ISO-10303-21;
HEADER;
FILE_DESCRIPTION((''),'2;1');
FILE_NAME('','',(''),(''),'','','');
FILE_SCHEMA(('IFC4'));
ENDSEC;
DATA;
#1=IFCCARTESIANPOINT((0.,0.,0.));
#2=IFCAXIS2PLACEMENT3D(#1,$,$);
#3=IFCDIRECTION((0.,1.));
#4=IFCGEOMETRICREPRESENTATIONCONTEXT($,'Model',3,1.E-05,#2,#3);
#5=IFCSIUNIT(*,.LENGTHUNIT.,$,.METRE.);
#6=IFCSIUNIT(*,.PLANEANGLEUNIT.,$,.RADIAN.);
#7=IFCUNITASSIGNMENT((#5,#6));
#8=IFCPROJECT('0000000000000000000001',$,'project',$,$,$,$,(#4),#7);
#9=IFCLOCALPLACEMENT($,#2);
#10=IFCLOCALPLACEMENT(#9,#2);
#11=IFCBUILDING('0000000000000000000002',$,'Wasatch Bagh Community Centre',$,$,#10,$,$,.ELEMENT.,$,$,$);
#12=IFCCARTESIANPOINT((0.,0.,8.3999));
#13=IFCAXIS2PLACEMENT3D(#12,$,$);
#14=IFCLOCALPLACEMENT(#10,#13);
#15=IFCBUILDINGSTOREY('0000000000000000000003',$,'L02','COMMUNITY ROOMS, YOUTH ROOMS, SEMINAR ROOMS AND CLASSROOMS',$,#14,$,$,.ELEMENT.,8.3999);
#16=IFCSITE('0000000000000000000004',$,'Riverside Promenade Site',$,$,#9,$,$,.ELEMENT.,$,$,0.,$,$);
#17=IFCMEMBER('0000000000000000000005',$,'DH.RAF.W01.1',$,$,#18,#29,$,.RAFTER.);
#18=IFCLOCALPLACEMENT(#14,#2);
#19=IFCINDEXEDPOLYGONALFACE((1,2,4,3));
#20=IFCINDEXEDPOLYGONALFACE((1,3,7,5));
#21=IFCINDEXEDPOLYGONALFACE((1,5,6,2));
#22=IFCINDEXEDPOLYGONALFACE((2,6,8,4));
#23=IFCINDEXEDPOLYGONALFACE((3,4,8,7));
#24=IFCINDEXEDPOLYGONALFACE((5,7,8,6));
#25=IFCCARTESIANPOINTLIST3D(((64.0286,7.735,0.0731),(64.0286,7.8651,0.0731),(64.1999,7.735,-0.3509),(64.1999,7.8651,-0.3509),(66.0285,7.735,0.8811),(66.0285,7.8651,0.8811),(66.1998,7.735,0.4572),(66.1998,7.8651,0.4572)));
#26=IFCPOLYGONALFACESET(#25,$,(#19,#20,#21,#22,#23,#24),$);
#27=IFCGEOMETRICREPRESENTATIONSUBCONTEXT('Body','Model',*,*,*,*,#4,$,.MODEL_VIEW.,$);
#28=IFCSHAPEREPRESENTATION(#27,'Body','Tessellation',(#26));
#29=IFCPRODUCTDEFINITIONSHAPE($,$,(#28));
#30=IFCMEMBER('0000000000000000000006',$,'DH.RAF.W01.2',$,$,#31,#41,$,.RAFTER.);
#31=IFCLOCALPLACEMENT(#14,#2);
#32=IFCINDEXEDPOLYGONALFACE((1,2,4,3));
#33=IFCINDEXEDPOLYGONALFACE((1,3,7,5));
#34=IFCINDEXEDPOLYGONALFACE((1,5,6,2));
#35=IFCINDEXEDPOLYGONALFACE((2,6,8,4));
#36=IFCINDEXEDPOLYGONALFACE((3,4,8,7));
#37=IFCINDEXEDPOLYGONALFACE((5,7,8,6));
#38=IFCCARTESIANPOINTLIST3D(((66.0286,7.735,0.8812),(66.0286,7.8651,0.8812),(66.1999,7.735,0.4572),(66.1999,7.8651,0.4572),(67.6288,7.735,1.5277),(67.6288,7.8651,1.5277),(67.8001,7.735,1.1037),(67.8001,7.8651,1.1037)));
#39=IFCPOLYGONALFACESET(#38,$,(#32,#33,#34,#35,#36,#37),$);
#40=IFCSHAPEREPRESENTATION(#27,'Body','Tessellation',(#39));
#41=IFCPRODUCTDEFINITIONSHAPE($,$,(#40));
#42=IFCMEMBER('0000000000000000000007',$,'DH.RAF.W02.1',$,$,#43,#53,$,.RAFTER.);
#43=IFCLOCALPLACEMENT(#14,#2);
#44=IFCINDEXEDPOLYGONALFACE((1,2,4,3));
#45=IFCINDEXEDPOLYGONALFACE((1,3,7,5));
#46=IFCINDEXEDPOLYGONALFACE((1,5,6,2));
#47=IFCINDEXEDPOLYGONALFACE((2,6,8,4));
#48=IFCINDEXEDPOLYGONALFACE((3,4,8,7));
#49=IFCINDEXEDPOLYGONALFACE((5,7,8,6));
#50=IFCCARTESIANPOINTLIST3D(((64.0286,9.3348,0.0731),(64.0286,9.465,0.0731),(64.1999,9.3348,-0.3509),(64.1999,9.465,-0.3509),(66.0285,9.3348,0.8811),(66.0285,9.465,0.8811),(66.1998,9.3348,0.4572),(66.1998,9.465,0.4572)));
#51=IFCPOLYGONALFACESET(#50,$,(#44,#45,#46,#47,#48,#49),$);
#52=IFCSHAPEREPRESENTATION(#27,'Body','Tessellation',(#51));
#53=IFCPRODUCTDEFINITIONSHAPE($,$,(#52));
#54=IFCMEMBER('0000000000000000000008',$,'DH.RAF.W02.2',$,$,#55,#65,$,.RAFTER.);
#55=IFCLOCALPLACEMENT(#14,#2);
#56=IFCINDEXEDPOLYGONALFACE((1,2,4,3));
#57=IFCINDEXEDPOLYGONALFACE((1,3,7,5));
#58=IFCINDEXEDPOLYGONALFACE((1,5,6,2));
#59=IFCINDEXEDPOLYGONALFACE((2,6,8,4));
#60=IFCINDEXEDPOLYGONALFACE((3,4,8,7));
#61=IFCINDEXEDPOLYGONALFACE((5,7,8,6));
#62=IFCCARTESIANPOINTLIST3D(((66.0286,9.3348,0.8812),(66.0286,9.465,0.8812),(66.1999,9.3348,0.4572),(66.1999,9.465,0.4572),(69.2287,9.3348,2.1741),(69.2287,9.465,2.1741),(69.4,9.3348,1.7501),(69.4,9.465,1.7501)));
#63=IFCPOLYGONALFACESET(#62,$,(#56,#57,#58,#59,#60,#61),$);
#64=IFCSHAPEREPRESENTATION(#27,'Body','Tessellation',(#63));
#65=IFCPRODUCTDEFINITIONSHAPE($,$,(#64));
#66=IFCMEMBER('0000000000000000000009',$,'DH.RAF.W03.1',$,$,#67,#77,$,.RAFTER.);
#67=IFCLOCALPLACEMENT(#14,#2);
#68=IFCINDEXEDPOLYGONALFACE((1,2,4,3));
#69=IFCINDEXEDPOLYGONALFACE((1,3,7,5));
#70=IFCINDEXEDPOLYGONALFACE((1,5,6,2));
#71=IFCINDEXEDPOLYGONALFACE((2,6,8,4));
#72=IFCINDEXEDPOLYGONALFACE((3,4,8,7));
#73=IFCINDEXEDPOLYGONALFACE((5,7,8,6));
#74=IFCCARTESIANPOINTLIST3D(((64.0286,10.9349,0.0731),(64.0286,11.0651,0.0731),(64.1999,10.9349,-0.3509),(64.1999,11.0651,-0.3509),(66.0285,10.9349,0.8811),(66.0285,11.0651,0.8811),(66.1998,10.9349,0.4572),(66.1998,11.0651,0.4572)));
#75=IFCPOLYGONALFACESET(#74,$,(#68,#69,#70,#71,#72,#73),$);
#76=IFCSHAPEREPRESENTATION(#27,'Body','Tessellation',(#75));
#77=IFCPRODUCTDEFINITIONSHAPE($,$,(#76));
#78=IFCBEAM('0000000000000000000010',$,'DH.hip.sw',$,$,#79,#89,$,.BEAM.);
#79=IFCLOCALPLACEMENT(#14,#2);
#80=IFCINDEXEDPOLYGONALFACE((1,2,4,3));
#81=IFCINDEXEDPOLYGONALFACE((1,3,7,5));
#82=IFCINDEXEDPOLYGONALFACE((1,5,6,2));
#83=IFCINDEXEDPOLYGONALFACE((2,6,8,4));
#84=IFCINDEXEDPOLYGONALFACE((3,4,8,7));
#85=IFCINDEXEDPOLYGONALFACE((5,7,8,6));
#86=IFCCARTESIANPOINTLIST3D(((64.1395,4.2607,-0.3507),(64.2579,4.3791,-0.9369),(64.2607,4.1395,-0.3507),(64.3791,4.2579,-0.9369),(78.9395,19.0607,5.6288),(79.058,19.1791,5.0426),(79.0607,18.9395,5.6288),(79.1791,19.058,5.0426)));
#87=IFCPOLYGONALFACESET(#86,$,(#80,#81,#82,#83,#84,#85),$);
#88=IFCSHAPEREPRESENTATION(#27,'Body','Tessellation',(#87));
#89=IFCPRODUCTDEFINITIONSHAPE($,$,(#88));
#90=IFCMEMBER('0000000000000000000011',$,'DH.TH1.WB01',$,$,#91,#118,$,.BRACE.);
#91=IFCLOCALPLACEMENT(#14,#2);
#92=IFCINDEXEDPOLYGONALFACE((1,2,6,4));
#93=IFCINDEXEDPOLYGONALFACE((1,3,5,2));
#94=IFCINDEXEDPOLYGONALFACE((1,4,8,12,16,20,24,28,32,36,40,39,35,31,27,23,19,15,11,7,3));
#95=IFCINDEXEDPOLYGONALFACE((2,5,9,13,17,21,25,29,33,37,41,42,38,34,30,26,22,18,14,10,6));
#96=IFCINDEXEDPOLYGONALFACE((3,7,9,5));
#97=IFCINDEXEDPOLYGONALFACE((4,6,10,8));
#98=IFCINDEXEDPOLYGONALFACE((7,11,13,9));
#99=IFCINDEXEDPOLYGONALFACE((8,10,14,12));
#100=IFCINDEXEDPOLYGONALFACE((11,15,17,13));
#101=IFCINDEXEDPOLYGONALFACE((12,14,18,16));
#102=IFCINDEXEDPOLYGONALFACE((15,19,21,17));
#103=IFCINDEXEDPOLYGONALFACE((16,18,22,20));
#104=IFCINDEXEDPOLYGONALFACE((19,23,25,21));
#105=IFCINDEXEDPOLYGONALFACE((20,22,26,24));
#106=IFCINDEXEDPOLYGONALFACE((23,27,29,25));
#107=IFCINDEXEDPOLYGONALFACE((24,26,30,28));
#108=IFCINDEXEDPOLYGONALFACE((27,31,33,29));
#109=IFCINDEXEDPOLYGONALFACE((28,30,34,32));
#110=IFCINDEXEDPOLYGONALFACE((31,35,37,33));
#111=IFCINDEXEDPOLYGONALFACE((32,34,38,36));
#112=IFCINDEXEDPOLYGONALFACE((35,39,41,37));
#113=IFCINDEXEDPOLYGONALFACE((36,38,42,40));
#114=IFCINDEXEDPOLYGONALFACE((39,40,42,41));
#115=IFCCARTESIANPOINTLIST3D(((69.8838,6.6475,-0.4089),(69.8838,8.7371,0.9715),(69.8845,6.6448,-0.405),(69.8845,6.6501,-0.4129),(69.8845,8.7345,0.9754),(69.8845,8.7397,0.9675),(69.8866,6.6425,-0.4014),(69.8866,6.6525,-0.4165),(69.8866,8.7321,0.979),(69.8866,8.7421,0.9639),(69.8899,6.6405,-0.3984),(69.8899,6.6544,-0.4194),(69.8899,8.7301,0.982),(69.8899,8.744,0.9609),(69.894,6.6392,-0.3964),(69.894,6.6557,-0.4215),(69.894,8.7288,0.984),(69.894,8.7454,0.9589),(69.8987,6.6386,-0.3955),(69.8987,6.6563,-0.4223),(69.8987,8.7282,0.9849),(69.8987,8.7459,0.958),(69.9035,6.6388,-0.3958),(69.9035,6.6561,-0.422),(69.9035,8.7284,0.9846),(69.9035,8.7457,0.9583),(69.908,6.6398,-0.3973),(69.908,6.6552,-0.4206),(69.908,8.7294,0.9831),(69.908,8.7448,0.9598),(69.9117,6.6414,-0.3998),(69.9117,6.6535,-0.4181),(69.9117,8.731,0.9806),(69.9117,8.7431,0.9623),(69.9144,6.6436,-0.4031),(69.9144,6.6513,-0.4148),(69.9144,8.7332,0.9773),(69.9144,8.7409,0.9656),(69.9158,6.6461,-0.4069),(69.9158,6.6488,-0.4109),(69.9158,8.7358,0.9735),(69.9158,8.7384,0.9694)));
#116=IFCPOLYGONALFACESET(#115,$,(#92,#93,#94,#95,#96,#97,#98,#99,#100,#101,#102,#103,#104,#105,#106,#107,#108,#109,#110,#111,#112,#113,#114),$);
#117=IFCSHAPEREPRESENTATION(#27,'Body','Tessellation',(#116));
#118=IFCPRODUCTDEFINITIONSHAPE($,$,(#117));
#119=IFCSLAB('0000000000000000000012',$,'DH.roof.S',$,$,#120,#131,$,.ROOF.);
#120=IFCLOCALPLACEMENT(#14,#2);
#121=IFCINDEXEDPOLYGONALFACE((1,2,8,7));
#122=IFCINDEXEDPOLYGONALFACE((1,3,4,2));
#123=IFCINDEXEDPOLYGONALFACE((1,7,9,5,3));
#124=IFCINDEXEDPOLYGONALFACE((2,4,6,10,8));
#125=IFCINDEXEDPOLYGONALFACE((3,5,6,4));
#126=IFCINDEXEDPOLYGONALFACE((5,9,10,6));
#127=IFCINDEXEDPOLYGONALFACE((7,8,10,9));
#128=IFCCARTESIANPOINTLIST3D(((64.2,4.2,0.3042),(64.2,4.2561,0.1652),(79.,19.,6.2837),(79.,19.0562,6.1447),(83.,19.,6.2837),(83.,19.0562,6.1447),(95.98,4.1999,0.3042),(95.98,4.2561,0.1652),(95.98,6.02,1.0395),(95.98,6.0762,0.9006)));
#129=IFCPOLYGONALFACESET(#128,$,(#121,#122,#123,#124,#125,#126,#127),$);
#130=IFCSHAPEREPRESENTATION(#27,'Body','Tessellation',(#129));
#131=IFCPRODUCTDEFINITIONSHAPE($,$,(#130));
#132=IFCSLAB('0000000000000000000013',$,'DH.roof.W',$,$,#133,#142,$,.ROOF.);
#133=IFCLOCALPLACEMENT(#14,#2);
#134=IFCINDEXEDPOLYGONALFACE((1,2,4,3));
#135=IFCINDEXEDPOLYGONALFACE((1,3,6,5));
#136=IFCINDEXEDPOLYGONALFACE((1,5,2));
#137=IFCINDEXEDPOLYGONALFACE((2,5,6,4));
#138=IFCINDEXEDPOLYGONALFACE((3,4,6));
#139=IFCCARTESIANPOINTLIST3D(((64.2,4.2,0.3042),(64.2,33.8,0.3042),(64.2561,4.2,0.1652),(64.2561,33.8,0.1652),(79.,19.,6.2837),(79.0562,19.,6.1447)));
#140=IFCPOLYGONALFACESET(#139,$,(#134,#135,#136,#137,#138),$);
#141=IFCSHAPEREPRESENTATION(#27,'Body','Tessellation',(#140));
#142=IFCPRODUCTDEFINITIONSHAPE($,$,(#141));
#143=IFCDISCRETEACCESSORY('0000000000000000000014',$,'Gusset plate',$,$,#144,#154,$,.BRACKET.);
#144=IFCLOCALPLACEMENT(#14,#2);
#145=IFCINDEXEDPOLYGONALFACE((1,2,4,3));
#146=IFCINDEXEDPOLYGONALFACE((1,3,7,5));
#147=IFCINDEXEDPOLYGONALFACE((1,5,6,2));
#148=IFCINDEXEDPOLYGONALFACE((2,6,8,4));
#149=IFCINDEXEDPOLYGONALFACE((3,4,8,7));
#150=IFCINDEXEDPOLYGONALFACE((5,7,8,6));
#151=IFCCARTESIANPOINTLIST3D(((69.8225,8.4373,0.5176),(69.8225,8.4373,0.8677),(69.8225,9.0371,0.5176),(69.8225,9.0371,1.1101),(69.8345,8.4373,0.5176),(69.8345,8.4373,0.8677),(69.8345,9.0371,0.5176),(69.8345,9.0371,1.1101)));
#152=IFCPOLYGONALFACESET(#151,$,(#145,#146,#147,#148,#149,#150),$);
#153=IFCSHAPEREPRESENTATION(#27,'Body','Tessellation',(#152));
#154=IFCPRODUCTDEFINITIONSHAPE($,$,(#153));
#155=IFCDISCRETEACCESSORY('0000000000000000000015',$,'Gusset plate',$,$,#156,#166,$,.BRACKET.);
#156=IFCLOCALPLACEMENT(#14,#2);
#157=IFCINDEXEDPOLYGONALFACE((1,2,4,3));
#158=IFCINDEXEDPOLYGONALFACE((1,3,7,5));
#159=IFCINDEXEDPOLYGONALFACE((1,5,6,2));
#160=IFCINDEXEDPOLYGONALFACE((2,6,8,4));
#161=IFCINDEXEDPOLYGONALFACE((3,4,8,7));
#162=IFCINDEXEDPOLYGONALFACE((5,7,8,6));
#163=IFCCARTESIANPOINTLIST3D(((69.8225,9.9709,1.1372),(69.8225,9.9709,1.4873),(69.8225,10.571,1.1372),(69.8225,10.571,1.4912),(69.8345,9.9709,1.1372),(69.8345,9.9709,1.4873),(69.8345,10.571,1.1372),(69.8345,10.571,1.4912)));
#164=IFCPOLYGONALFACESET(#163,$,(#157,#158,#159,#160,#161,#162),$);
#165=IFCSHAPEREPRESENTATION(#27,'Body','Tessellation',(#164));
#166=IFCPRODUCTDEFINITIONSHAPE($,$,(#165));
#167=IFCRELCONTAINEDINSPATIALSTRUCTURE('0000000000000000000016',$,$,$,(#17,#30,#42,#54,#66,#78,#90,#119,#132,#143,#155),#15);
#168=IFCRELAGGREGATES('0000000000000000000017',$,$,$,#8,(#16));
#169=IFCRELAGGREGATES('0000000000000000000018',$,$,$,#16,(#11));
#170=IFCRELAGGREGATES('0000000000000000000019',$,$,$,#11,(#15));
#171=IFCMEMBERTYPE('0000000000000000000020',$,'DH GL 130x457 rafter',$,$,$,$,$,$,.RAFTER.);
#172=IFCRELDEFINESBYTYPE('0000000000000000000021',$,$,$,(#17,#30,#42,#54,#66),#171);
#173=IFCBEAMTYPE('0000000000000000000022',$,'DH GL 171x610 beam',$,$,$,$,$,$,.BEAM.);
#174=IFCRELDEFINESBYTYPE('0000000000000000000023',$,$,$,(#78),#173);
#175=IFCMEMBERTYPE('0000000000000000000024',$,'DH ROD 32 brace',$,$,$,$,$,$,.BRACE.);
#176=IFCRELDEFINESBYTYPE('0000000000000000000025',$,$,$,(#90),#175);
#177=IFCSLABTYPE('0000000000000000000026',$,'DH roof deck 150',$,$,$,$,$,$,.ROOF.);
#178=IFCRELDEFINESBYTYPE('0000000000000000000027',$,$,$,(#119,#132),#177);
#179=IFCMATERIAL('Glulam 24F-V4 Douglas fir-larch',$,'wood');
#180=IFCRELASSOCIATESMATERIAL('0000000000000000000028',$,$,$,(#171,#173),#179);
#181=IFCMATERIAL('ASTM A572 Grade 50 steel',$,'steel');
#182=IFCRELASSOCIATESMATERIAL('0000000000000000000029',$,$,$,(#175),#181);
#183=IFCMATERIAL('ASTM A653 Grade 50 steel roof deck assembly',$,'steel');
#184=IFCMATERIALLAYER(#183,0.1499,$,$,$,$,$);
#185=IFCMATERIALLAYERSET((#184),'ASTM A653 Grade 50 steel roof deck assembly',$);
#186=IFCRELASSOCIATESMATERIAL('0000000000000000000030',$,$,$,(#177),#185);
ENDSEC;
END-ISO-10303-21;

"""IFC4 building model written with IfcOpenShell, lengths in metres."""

from ifc_helpers import new_model, si_unit, direction, frame, origin, origin_2d, place, context, subcontext, project, spatial, polyline, rectangle, circle, outline, extrude, material, layer, layer_set, material_profile, profile_set, type_object, element, save


model = new_model("IFC4")

# Units and contexts
model_context = context("Model", 3, precision=1e-05, world=origin(), true_north=direction((0.0, 1.0)))
body_context = subcontext(model_context, "Body", "Model", "MODEL_VIEW")
ifc_project = project(units=[si_unit("LENGTHUNIT", "METRE"), si_unit("PLANEANGLEUNIT", "RADIAN")], contexts=[model_context])

# Site, building, storey
site_placement = place(None, origin())
site = spatial("IfcSite", under=ifc_project, at=site_placement, Name="Riverside Promenade Site", CompositionType="ELEMENT", RefElevation=0.0)
building_placement = place(site_placement, origin())
building = spatial("IfcBuilding", under=site, at=building_placement, Name="Wasatch Bagh Community Centre", CompositionType="ELEMENT")
storey_placement = place(building_placement, frame((0.0, 0.0, 8.3999)))
storey = spatial("IfcBuildingStorey", under=building, at=storey_placement, Name="L02", Description="COMMUNITY ROOMS, YOUTH ROOMS, SEMINAR ROOMS AND CLASSROOMS", CompositionType="ELEMENT", Elevation=8.3999)

# Shared definitions
ifc_material_1 = material(Name="Glulam 24F-V4 Douglas fir-larch", Category="wood")

# Members
ifc_material_profile_1 = material_profile(ifc_material_1, rectangle(XDim=0.1301, YDim=0.4573, at=origin_2d()), Name="GL 130x457")
ifc_profile_set_1 = profile_set([ifc_material_profile_1], Name="Glulam 24F-V4 Douglas fir-larch")
member_type_1 = type_object("IfcMemberType", Name="DH GL 130x457 rafter", PredefinedType="RAFTER", material=ifc_profile_set_1)
member_1_placement = place(storey_placement, frame((64.1143, 7.8, -0.1389), z_axis=(0.927175, 0.0, 0.374628), x_axis=(0.0, 1.0, 0.0)))
element("IfcMember", 1, at=member_1_placement, inside=storey, type_object=member_type_1, Name="DH.RAF.W01.1", PredefinedType="RAFTER", context=body_context, shape_type="SweptSolid", body=[
    extrude(rectangle(XDim=0.1301, YDim=0.4573, at=origin_2d()), origin(), (0.0, 0.0, 1.0), 2.157),
])
member_2_placement = place(storey_placement, frame((66.1143, 7.8, 0.6692), z_axis=(0.927183, 0.0, 0.374608), x_axis=(0.0, 1.0, 0.0)))
element("IfcMember", 2, at=member_2_placement, inside=storey, type_object=member_type_1, Name="DH.RAF.W01.2", PredefinedType="RAFTER", context=body_context, shape_type="SweptSolid", body=[
    extrude(rectangle(XDim=0.1301, YDim=0.4573, at=origin_2d()), origin(), (0.0, 0.0, 1.0), 1.7258),
])
member_3_placement = place(storey_placement, frame((64.1143, 9.3999, -0.1389), z_axis=(0.927175, 0.0, 0.374628), x_axis=(0.0, 1.0, 0.0)))
element("IfcMember", 3, at=member_3_placement, inside=storey, type_object=member_type_1, Name="DH.RAF.W02.1", PredefinedType="RAFTER", context=body_context, shape_type="SweptSolid", body=[
    extrude(rectangle(XDim=0.1301, YDim=0.4573, at=origin_2d()), origin(), (0.0, 0.0, 1.0), 2.157),
])
member_4_placement = place(storey_placement, frame((66.1143, 9.3999, 0.6692), z_axis=(0.927183, 0.0, 0.374608), x_axis=(0.0, 1.0, 0.0)))
element("IfcMember", 4, at=member_4_placement, inside=storey, type_object=member_type_1, Name="DH.RAF.W02.2", PredefinedType="RAFTER", context=body_context, shape_type="SweptSolid", body=[
    extrude(rectangle(XDim=0.1301, YDim=0.4573, at=origin_2d()), origin(), (0.0, 0.0, 1.0), 3.4514),
])
member_5_placement = place(storey_placement, frame((64.1143, 11.0, -0.1389), z_axis=(0.927175, 0.0, 0.374628), x_axis=(0.0, 1.0, 0.0)))
element("IfcMember", 5, at=member_5_placement, inside=storey, type_object=member_type_1, Name="DH.RAF.W03.1", PredefinedType="RAFTER", context=body_context, shape_type="SweptSolid", body=[
    extrude(rectangle(XDim=0.1301, YDim=0.4573, at=origin_2d()), origin(), (0.0, 0.0, 1.0), 2.157),
])

# Beam
ifc_material_profile_2 = material_profile(ifc_material_1, rectangle(XDim=0.1714, YDim=0.6096, at=origin_2d()), Name="GL 171x610")
ifc_profile_set_2 = profile_set([ifc_material_profile_2], Name="Glulam 24F-V4 Douglas fir-larch")
beam_type_1 = type_object("IfcBeamType", Name="DH GL 171x610 beam", PredefinedType="BEAM", material=ifc_profile_set_2)
beam_1_placement = place(storey_placement, frame((64.2593, 4.2593, -0.6438), z_axis=(0.679906, 0.679906, 0.274694), x_axis=(-0.707107, 0.707107, 0.0)))
element("IfcBeam", 6, at=beam_1_placement, inside=storey, type_object=beam_type_1, Name="DH.hip.sw", PredefinedType="BEAM", context=body_context, shape_type="SweptSolid", body=[
    extrude(rectangle(XDim=0.1714, YDim=0.6096, at=origin_2d()), origin(), (0.0, 0.0, 1.0), 21.7678),
])

# Member
ifc_material_2 = material(Name="ASTM A572 Grade 50 steel", Category="steel")
ifc_material_profile_3 = material_profile(ifc_material_2, circle(Radius=0.0161, at=origin_2d()), Name="ROD 32")
ifc_profile_set_3 = profile_set([ifc_material_profile_3], Name="ASTM A572 Grade 50 steel")
member_type_2 = type_object("IfcMemberType", Name="DH ROD 32 brace", PredefinedType="BRACE", material=ifc_profile_set_3)
member_6_placement = place(storey_placement, frame((69.8999, 6.6475, -0.4089), z_axis=(0.0, 0.834383, 0.551186), x_axis=(-1.0, 0.0, 0.0)))
element("IfcMember", 7, at=member_6_placement, inside=storey, type_object=member_type_2, Name="DH.TH1.WB01", PredefinedType="BRACE", context=body_context, shape_type="SweptSolid", body=[
    extrude(circle(Radius=0.0161, at=origin_2d()), origin(), (0.0, 0.0, 1.0), 2.5044),
])

# Slabs
ifc_material_3 = material(Name="ASTM A653 Grade 50 steel roof deck assembly", Category="steel")
ifc_layer = layer(ifc_material_3, 0.1499)
ifc_layer_set = layer_set([ifc_layer], Name="ASTM A653 Grade 50 steel roof deck assembly")
slab_type = type_object("IfcSlabType", Name="DH roof deck 150", PredefinedType="ROOF", material=ifc_layer_set)
slab_1_placement = place(storey_placement, frame((64.2, 4.2, 0.3042), z_axis=(0.0, -0.374601, 0.927186), x_axis=(1.0, 0.0, 0.0)))
element("IfcSlab", 8, at=slab_1_placement, inside=storey, type_object=slab_type, Name="DH.roof.S", PredefinedType="ROOF", context=body_context, shape_type="SweptSolid", body=[
    extrude(outline(polyline([(0.0, 0.0), (31.78, 0.0), (31.78, 1.963), (18.8, 15.9623), (14.8, 15.9623), (0.0, 0.0)])), origin(), (0.0, 0.0, -1.0), 0.1499),
])
slab_2_placement = place(storey_placement, frame((64.2, 4.2, 0.3042), z_axis=(-0.3746, 0.0, 0.927186), x_axis=(0.0, 1.0, 0.0)))
element("IfcSlab", 9, at=slab_2_placement, inside=storey, type_object=slab_type, Name="DH.roof.W", PredefinedType="ROOF", context=body_context, shape_type="SweptSolid", body=[
    extrude(outline(polyline([(0.0, 0.0), (29.6001, 0.0), (14.8, -15.9623), (0.0, 0.0)])), origin(), (0.0, 0.0, -1.0), 0.1499),
])

# Discrete accessories
discrete_accessory_1_placement = place(storey_placement, frame((69.8225, 8.4373, 0.8677), z_axis=(-1.0, 0.0, 0.0), x_axis=(0.0, 0.927144, 0.374706)))
element("IfcDiscreteAccessory", 10, at=discrete_accessory_1_placement, inside=storey, Name="Gusset plate", PredefinedType="BRACKET", context=body_context, shape_type="SweptSolid", body=[
    extrude(outline(polyline([(0.0, 0.0), (0.647, 0.0), (0.425, 0.5494), (-0.1312, 0.3246), (0.0, 0.0)])), origin(), (0.0, 0.0, -1.0), 0.012),
])
discrete_accessory_2_placement = place(storey_placement, frame((69.8225, 9.9709, 1.4873), z_axis=(-1.0, 0.0, 0.0), x_axis=(0.0, 0.999979, 0.006509)))
element("IfcDiscreteAccessory", 11, at=discrete_accessory_2_placement, inside=storey, Name="Gusset plate", PredefinedType="BRACKET", context=body_context, shape_type="SweptSolid", body=[
    extrude(outline(polyline([(0.0, 0.0), (0.6001, 0.0), (0.5978, 0.354), (-0.0023, 0.3501), (0.0, 0.0)])), origin(), (0.0, 0.0, -1.0), 0.012),
])

save(model, "model.ifc")
